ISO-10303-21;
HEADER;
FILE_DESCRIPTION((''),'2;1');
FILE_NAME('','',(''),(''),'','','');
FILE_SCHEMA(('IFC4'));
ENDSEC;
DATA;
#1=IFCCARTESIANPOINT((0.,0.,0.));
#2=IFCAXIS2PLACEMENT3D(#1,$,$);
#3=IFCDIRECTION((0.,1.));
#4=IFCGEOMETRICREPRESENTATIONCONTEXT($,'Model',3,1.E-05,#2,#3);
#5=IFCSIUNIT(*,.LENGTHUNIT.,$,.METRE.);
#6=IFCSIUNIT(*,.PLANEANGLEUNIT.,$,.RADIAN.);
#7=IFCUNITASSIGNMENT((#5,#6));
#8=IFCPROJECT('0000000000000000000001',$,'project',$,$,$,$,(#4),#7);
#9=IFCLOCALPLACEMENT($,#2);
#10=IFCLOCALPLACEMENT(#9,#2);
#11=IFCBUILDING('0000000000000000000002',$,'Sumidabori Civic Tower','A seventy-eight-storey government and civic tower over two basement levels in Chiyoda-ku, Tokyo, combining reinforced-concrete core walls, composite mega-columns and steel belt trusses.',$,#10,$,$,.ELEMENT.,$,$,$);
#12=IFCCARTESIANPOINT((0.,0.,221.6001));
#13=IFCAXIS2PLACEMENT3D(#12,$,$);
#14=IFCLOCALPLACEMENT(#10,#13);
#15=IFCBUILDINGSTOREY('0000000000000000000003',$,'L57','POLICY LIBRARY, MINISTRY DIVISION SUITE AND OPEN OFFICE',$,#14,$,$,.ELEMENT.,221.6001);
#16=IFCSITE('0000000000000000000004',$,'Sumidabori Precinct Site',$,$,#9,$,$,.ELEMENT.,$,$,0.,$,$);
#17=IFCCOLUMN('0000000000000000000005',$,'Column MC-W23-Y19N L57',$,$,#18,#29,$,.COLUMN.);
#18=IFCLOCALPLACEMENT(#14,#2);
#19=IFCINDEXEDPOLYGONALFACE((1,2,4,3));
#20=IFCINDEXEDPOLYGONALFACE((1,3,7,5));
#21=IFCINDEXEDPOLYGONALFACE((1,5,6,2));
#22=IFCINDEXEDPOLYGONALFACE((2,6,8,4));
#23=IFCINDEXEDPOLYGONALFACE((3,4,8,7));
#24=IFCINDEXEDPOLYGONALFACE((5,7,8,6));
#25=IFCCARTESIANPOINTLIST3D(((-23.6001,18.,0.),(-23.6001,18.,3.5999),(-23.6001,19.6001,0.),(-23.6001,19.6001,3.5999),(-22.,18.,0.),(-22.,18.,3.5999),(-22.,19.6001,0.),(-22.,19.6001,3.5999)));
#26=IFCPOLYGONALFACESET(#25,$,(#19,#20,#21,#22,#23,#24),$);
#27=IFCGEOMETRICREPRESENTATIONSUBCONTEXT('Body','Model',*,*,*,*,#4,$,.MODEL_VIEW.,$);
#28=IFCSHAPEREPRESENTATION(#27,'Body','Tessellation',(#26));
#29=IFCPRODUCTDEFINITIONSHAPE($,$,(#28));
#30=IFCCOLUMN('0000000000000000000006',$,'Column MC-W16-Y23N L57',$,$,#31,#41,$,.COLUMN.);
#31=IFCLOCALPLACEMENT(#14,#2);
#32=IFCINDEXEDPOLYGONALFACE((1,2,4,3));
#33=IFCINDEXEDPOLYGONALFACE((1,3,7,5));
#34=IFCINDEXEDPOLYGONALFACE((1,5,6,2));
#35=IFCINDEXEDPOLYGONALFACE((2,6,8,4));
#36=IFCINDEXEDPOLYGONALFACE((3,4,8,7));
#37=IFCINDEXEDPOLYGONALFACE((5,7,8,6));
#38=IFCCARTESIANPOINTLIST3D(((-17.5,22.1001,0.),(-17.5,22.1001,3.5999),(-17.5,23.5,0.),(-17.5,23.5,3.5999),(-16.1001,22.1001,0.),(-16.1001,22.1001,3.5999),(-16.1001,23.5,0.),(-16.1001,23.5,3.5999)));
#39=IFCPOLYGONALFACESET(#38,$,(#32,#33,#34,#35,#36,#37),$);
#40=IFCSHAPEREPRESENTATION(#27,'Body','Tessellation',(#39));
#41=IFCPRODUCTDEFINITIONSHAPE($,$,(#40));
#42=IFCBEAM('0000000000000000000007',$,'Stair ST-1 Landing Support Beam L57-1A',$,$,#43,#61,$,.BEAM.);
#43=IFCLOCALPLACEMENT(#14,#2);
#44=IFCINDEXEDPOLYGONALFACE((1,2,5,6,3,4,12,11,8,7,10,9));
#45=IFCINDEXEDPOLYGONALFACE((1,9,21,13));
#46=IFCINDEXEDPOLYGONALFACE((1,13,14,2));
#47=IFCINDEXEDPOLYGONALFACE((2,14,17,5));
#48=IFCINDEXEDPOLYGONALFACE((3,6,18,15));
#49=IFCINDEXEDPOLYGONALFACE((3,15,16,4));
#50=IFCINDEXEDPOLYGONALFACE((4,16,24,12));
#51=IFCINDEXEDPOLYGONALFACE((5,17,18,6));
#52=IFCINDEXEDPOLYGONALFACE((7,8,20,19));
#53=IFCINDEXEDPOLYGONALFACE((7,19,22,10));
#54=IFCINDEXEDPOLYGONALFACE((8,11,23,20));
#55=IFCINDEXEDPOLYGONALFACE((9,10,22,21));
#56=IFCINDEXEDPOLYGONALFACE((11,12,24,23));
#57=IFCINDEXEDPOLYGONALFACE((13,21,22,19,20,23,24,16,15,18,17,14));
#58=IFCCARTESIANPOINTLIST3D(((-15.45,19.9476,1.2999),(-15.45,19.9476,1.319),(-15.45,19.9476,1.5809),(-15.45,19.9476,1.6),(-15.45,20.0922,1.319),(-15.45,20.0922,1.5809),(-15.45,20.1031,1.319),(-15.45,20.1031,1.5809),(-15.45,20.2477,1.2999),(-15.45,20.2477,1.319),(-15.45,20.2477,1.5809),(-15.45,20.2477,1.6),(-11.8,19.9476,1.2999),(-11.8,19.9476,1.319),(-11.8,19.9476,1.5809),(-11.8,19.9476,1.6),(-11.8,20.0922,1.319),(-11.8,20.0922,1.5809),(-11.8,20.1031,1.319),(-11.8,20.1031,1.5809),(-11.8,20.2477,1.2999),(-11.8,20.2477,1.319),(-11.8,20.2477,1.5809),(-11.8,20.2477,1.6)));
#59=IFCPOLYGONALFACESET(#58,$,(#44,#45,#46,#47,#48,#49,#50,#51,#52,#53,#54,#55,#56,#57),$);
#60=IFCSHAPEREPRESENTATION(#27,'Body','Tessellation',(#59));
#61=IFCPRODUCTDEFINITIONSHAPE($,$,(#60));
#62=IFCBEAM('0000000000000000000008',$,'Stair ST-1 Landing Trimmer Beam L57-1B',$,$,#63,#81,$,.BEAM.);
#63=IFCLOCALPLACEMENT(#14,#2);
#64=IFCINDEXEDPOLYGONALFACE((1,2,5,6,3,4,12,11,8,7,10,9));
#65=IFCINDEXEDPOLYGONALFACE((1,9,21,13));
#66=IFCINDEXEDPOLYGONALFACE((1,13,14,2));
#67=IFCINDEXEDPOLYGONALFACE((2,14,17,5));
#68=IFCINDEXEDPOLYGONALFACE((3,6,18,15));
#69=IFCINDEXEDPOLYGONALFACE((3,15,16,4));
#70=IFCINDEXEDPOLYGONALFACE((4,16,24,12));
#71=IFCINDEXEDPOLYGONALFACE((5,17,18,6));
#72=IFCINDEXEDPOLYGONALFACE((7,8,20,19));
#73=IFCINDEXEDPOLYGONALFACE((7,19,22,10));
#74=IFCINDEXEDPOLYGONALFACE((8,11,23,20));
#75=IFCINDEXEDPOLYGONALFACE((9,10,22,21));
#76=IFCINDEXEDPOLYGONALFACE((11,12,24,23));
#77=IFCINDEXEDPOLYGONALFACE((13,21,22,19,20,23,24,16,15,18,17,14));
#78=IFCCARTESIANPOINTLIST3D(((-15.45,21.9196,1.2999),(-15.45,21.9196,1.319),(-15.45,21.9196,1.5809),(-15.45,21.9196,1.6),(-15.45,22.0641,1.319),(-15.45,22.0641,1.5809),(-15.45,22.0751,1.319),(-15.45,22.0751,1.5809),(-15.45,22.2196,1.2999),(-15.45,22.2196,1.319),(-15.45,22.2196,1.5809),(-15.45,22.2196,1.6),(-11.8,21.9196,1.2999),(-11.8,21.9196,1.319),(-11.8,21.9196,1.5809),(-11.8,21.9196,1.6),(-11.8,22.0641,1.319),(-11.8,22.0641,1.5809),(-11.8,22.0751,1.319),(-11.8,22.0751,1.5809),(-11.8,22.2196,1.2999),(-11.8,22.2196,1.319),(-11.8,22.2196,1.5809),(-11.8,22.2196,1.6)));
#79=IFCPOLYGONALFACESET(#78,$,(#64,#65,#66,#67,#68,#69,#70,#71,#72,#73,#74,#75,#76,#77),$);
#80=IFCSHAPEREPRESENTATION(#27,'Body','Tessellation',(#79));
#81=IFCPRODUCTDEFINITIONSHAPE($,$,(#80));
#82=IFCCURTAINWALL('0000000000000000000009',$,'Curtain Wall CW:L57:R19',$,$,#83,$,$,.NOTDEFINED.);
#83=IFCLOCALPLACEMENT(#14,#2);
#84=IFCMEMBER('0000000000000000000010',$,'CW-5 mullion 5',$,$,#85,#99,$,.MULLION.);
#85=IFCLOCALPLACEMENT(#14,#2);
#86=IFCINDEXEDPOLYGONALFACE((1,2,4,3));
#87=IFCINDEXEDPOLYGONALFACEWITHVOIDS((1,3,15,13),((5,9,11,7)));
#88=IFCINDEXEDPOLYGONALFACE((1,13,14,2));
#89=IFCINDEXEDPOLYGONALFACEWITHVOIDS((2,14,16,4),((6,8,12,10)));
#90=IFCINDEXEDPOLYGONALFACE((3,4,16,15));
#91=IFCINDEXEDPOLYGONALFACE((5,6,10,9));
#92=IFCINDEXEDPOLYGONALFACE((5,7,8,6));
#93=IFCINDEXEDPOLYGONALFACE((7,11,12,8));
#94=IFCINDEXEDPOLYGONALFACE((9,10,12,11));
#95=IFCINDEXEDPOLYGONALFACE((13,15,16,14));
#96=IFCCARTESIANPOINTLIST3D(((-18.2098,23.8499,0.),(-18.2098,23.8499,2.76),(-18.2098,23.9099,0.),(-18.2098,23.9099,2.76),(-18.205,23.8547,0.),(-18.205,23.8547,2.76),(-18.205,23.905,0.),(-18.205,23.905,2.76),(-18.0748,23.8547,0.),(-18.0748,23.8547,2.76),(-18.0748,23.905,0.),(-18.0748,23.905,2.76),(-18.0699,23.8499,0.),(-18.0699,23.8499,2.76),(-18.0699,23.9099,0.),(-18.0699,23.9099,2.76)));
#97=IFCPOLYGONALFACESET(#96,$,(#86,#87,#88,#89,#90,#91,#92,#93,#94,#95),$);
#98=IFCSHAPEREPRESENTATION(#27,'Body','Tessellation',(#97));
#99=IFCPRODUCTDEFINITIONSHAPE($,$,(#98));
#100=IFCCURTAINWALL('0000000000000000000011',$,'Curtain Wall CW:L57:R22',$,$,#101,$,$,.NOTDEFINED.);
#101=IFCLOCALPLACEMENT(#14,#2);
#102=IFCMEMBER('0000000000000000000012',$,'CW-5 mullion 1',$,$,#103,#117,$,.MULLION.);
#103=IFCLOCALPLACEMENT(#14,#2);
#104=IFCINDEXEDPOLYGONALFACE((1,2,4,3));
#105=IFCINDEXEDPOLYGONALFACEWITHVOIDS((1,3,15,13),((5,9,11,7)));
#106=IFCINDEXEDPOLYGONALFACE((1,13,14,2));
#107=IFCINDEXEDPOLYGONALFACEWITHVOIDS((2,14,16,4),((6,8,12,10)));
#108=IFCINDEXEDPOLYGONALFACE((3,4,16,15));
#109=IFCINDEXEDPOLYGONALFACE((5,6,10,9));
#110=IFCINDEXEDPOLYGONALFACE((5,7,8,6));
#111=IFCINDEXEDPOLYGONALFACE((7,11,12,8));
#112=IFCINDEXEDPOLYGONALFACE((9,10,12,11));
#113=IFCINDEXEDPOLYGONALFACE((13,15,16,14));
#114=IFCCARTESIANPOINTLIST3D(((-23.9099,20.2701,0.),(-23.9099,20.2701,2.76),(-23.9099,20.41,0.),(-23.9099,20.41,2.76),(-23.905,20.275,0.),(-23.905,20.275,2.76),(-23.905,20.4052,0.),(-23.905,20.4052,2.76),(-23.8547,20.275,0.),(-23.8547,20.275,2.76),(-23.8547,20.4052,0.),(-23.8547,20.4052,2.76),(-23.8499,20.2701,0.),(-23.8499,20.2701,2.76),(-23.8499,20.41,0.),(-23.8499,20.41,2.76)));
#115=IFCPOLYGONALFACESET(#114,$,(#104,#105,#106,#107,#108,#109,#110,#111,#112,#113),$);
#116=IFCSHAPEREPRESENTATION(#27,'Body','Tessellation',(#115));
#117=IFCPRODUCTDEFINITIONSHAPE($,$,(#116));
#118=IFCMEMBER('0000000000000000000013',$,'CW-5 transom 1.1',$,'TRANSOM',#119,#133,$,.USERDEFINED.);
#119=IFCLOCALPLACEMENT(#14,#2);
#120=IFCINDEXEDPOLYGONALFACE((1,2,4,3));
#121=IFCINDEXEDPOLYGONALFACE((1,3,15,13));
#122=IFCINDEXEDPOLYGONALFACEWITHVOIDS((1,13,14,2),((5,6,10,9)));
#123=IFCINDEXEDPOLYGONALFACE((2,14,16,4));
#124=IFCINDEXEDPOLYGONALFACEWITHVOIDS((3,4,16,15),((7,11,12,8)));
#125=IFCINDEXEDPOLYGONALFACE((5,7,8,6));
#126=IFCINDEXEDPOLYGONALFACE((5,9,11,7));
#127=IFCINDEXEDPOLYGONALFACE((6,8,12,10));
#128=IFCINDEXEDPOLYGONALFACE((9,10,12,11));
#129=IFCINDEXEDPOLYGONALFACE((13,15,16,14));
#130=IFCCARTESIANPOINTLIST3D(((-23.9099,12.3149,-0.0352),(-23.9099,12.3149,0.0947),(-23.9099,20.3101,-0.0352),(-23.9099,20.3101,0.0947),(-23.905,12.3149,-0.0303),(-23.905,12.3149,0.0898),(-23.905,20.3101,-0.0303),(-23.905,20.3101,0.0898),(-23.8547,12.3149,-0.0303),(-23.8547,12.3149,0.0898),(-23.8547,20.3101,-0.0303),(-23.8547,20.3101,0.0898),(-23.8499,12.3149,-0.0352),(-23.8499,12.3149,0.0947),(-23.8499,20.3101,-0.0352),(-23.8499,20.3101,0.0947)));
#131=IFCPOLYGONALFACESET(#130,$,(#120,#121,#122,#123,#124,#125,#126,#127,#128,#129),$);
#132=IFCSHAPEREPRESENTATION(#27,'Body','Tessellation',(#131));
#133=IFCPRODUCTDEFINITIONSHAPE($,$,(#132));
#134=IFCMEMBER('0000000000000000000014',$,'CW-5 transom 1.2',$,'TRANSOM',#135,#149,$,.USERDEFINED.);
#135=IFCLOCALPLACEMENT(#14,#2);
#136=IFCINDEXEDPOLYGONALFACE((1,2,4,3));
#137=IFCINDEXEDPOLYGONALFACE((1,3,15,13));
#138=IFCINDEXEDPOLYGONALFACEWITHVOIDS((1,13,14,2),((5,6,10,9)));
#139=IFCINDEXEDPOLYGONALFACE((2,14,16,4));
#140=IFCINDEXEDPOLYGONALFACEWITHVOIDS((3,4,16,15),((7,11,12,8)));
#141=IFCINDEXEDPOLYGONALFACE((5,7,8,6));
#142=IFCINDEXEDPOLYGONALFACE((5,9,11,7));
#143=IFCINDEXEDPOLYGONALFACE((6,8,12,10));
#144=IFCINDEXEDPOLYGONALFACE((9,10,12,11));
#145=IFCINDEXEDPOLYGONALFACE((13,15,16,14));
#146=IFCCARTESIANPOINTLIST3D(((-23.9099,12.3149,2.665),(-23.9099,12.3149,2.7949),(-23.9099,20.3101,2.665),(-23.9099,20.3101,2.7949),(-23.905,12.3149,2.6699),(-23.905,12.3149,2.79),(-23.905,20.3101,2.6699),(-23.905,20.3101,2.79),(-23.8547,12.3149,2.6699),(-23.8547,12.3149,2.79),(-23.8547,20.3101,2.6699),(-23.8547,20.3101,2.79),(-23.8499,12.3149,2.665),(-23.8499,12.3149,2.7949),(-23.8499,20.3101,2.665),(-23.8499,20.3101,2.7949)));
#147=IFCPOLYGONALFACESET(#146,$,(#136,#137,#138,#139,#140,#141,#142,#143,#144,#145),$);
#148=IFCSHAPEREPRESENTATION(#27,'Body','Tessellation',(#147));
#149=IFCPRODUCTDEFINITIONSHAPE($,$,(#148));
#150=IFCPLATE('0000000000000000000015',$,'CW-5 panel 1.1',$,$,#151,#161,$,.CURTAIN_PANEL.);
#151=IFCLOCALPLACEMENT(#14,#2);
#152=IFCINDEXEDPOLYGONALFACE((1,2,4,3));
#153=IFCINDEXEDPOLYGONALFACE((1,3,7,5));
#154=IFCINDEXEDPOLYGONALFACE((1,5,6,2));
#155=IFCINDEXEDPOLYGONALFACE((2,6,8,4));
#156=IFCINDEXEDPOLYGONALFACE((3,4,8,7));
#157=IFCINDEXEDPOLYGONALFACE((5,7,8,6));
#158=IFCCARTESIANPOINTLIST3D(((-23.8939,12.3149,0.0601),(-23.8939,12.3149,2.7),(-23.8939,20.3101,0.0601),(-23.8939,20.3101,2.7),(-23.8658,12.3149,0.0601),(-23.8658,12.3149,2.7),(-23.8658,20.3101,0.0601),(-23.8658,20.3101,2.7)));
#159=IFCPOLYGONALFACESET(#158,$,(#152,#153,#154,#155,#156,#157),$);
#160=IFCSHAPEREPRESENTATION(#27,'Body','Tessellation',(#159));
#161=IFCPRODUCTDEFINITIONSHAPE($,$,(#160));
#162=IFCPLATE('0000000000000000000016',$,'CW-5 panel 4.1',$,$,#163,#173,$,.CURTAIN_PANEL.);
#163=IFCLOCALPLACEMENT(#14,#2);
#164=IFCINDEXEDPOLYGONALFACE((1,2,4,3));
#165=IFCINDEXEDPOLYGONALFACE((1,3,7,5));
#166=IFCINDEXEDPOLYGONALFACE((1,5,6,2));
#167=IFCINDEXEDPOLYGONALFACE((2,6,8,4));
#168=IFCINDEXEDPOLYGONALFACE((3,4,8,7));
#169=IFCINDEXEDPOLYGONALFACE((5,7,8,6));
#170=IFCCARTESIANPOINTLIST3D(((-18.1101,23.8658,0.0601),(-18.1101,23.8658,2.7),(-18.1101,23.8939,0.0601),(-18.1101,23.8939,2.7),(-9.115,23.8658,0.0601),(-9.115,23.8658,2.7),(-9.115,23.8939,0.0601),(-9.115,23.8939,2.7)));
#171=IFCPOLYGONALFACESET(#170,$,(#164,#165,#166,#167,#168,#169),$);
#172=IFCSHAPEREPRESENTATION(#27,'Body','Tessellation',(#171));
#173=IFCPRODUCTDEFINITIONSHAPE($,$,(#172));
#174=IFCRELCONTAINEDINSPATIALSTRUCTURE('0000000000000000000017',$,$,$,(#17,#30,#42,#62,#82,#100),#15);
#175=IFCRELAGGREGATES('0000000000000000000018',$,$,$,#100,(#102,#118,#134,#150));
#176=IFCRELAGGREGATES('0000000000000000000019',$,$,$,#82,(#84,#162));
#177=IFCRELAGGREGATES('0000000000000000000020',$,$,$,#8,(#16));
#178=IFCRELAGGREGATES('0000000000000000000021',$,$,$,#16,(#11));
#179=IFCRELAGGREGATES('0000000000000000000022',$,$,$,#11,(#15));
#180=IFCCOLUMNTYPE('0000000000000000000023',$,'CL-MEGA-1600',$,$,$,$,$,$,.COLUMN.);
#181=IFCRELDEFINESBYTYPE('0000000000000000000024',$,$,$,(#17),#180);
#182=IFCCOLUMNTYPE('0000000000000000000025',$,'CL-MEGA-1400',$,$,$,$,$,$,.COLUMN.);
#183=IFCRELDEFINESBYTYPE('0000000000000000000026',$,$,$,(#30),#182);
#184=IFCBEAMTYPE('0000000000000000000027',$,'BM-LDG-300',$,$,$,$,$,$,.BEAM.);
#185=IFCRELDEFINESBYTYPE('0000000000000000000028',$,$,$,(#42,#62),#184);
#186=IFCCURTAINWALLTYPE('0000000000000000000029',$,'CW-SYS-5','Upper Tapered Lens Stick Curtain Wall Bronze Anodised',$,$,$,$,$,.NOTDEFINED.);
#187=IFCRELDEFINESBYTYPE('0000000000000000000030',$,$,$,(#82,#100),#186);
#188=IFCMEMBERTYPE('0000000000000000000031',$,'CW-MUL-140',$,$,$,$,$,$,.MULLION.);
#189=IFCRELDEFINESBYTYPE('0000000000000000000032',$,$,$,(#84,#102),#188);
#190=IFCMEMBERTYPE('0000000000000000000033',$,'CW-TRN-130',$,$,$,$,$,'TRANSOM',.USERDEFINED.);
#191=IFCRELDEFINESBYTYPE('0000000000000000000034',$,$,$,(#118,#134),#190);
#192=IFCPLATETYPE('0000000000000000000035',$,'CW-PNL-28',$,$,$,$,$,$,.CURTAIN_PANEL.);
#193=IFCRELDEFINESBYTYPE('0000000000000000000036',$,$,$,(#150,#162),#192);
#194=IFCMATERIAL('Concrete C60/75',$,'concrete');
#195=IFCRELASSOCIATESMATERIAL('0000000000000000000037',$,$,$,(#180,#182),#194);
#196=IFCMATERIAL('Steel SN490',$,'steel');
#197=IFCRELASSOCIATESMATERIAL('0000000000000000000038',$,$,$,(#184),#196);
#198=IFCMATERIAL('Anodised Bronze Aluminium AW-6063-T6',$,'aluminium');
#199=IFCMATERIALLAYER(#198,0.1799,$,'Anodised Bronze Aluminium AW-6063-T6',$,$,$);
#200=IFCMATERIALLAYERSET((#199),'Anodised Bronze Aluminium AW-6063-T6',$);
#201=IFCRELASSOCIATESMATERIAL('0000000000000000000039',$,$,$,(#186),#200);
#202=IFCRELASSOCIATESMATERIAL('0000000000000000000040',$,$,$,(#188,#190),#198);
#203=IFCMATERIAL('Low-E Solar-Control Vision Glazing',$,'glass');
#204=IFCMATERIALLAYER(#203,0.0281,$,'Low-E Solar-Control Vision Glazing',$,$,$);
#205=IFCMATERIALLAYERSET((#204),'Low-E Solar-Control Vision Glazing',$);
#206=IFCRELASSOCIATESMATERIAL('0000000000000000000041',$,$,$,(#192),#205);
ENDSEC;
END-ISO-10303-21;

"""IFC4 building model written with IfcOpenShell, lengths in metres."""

from ifc_helpers import new_model, si_unit, direction, frame, origin, origin_2d, place, context, subcontext, project, spatial, rectangle, hollow_rectangle, i_section, extrude, source, transform, mapped, material, layer, layer_set, material_profile, profile_set, type_object, element, aggregate, save


model = new_model("IFC4")

# Units and contexts
model_context = context("Model", 3, precision=1e-05, world=origin(), true_north=direction((0.0, 1.0)))
body_context = subcontext(model_context, "Body", "Model", "MODEL_VIEW")
ifc_project = project(units=[si_unit("LENGTHUNIT", "METRE"), si_unit("PLANEANGLEUNIT", "RADIAN")], contexts=[model_context])

# Site, building, storey
site_placement = place(None, origin())
site = spatial("IfcSite", under=ifc_project, at=site_placement, Name="Sumidabori Precinct Site", CompositionType="ELEMENT", RefElevation=0.0)
building_placement = place(site_placement, origin())
building = spatial("IfcBuilding", under=site, at=building_placement, Name="Sumidabori Civic Tower", Description="A seventy-eight-storey government and civic tower over two basement levels in Chiyoda-ku, Tokyo, combining reinforced-concrete core walls, composite mega-columns and steel belt trusses.", CompositionType="ELEMENT")
storey_placement = place(building_placement, frame((0.0, 0.0, 221.6001)))
storey = spatial("IfcBuildingStorey", under=building, at=storey_placement, Name="L57", Description="POLICY LIBRARY, MINISTRY DIVISION SUITE AND OPEN OFFICE", CompositionType="ELEMENT", Elevation=221.6001)

# Columns
ifc_material_1 = material(Name="Concrete C60/75", Category="concrete")
ifc_material_profile_1 = material_profile(ifc_material_1, rectangle(XDim=1.6001, YDim=1.6001, at=origin_2d()), Name="RC 1600x1600")
ifc_profile_set_1 = profile_set([ifc_material_profile_1], Name="Concrete C60/75")
column_type_1 = type_object("IfcColumnType", Name="CL-MEGA-1600", PredefinedType="COLUMN", material=ifc_profile_set_1)
shared_shape_1 = source(origin(), body_context, "Body", "SweptSolid", [
    extrude(rectangle(XDim=1.6001, YDim=1.6001, at=origin_2d()), origin(), (0.0, 0.0, 1.0), 3.5999),
])
column_1_placement = place(storey_placement, frame((-22.8, 18.8, 0.0), z_axis=(0.0, 0.0, 1.0), x_axis=(1.0, 0.0, 0.0)))
element("IfcColumn", 1, at=column_1_placement, inside=storey, type_object=column_type_1, Name="Column MC-W23-Y19N L57", PredefinedType="COLUMN", context=body_context, shape_type="MappedRepresentation", body=[
    mapped(shared_shape_1, transform((0.0, 0.0, 0.0), x_axis=(1.0, 0.0, 0.0), y_axis=(0.0, 1.0, 0.0), z_axis=(0.0, 0.0, 1.0), scale=1.0)),
])
ifc_material_profile_2 = material_profile(ifc_material_1, rectangle(XDim=1.3999, YDim=1.3999, at=origin_2d()), Name="RC 1400x1400")
ifc_profile_set_2 = profile_set([ifc_material_profile_2], Name="Concrete C60/75")
column_type_2 = type_object("IfcColumnType", Name="CL-MEGA-1400", PredefinedType="COLUMN", material=ifc_profile_set_2)
shared_shape_2 = source(origin(), body_context, "Body", "SweptSolid", [
    extrude(rectangle(XDim=1.3999, YDim=1.3999, at=origin_2d()), origin(), (0.0, 0.0, 1.0), 3.5999),
])
column_2_placement = place(storey_placement, frame((-16.8, 22.8, 0.0), z_axis=(0.0, 0.0, 1.0), x_axis=(1.0, 0.0, 0.0)))
element("IfcColumn", 2, at=column_2_placement, inside=storey, type_object=column_type_2, Name="Column MC-W16-Y23N L57", PredefinedType="COLUMN", context=body_context, shape_type="MappedRepresentation", body=[
    mapped(shared_shape_2, transform((0.0, 0.0, 0.0), x_axis=(1.0, 0.0, 0.0), y_axis=(0.0, 1.0, 0.0), z_axis=(0.0, 0.0, 1.0), scale=1.0)),
])

# Beams
ifc_material_2 = material(Name="Steel SN490", Category="steel")
ifc_material_profile_3 = material_profile(ifc_material_2, i_section(OverallWidth=0.3, OverallDepth=0.3, WebThickness=0.011, FlangeThickness=0.019, at=origin_2d()), Name="HE 300 B")
ifc_profile_set_3 = profile_set([ifc_material_profile_3], Name="Steel SN490")
beam_type = type_object("IfcBeamType", Name="BM-LDG-300", PredefinedType="BEAM", material=ifc_profile_set_3)
shared_shape_3 = source(origin(), body_context, "Body", "SweptSolid", [
    extrude(i_section(OverallWidth=0.3, OverallDepth=0.3, WebThickness=0.011, FlangeThickness=0.019, at=origin_2d()), origin(), (0.0, 0.0, 1.0), 3.6499),
])
for number, where, z_axis, x_axis, name in (
    (3, (-15.45, 20.0977, 1.45), (1.0, 0.0, 0.0), (0.0, 1.0, 0.0), "Stair ST-1 Landing Support Beam L57-1A"),
    (4, (-15.45, 22.0696, 1.45), (1.0, 0.0, 0.0), (0.0, 1.0, 0.0), "Stair ST-1 Landing Trimmer Beam L57-1B"),
):
    element("IfcBeam", number, at=place(storey_placement, frame(where, z_axis=z_axis, x_axis=x_axis)), inside=storey, type_object=beam_type, Name=name, PredefinedType="BEAM", context=body_context, shape_type="MappedRepresentation", body=[
        mapped(shared_shape_3, transform((0.0, 0.0, 0.0), x_axis=(1.0, 0.0, 0.0), y_axis=(0.0, 1.0, 0.0), z_axis=(0.0, 0.0, 1.0), scale=1.0)),
    ])

# Curtain wall, member
ifc_material_3 = material(Name="Anodised Bronze Aluminium AW-6063-T6", Category="aluminium")
ifc_layer_1 = layer(ifc_material_3, 0.1799, Name="Anodised Bronze Aluminium AW-6063-T6")
ifc_layer_set_1 = layer_set([ifc_layer_1], Name="Anodised Bronze Aluminium AW-6063-T6")
curtain_wall_type = type_object("IfcCurtainWallType", Name="CW-SYS-5", Description="Upper Tapered Lens Stick Curtain Wall Bronze Anodised", PredefinedType="NOTDEFINED", material=ifc_layer_set_1)
curtain_wall_1_placement = place(storey_placement, origin())
curtain_wall_1 = element("IfcCurtainWall", 5, at=curtain_wall_1_placement, inside=storey, type_object=curtain_wall_type, Name="Curtain Wall CW:L57:R19", PredefinedType="NOTDEFINED")
ifc_material_profile_4 = material_profile(ifc_material_3, hollow_rectangle(XDim=0.0601, YDim=0.1399, WallThickness=0.0049, at=origin_2d()), Name="ALU MULLION 140x60")
ifc_profile_set_4 = profile_set([ifc_material_profile_4], Name="Anodised Bronze Aluminium AW-6063-T6")
member_type_1 = type_object("IfcMemberType", Name="CW-MUL-140", PredefinedType="MULLION", material=ifc_profile_set_4)
shared_shape_4 = source(origin(), body_context, "Body", "SweptSolid", [
    extrude(hollow_rectangle(XDim=0.0601, YDim=0.1399, WallThickness=0.0049, at=origin_2d()), origin(), (0.0, 0.0, 1.0), 2.76),
])
member_1_placement = place(storey_placement, frame((-18.1399, 23.8799, 0.0), z_axis=(0.0, 0.0, 1.0), x_axis=(0.0, -1.0, 0.0)))
member_1 = element("IfcMember", 6, at=member_1_placement, type_object=member_type_1, Name="CW-5 mullion 5", PredefinedType="MULLION", context=body_context, shape_type="MappedRepresentation", body=[
    mapped(shared_shape_4, transform((0.0, 0.0, 0.0), x_axis=(1.0, 0.0, 0.0), y_axis=(0.0, 1.0, 0.0), z_axis=(0.0, 0.0, 1.0), scale=1.0)),
])

# Curtain wall, members, plate
curtain_wall_2_placement = place(storey_placement, origin())
curtain_wall_2 = element("IfcCurtainWall", 7, at=curtain_wall_2_placement, inside=storey, type_object=curtain_wall_type, Name="Curtain Wall CW:L57:R22", PredefinedType="NOTDEFINED")
member_2_placement = place(storey_placement, frame((-23.8799, 20.3401, 0.0), z_axis=(0.0, 0.0, 1.0), x_axis=(1.0, 0.0, 0.0)))
member_2 = element("IfcMember", 8, at=member_2_placement, type_object=member_type_1, Name="CW-5 mullion 1", PredefinedType="MULLION", context=body_context, shape_type="MappedRepresentation", body=[
    mapped(shared_shape_4, transform((0.0, 0.0, 0.0), x_axis=(1.0, 0.0, 0.0), y_axis=(0.0, 1.0, 0.0), z_axis=(0.0, 0.0, 1.0), scale=1.0)),
])
ifc_material_profile_5 = material_profile(ifc_material_3, hollow_rectangle(XDim=0.0601, YDim=0.1299, WallThickness=0.0049, at=origin_2d()), Name="ALU TRANSOM 130x60")
ifc_profile_set_5 = profile_set([ifc_material_profile_5], Name="Anodised Bronze Aluminium AW-6063-T6")
member_type_2 = type_object("IfcMemberType", Name="CW-TRN-130", ElementType="TRANSOM", PredefinedType="USERDEFINED", material=ifc_profile_set_5)
shared_shape_5 = source(origin(), body_context, "Body", "SweptSolid", [
    extrude(hollow_rectangle(XDim=0.0601, YDim=0.1299, WallThickness=0.0049, at=origin_2d()), origin(), (0.0, 0.0, 1.0), 7.9951),
])
member_3_placement = place(storey_placement, frame((-23.8799, 20.3101, 0.0298), z_axis=(0.0, -1.0, 0.0), x_axis=(1.0, 0.0, 0.0)))
member_3 = element("IfcMember", 9, at=member_3_placement, type_object=member_type_2, Name="CW-5 transom 1.1", ObjectType="TRANSOM", PredefinedType="USERDEFINED", context=body_context, shape_type="MappedRepresentation", body=[
    mapped(shared_shape_5, transform((0.0, 0.0, 0.0), x_axis=(1.0, 0.0, 0.0), y_axis=(0.0, 1.0, 0.0), z_axis=(0.0, 0.0, 1.0), scale=1.0)),
])
member_4_placement = place(storey_placement, frame((-23.8799, 20.3101, 2.73), z_axis=(0.0, -1.0, 0.0), x_axis=(1.0, 0.0, 0.0)))
member_4 = element("IfcMember", 10, at=member_4_placement, type_object=member_type_2, Name="CW-5 transom 1.2", ObjectType="TRANSOM", PredefinedType="USERDEFINED", context=body_context, shape_type="MappedRepresentation", body=[
    mapped(shared_shape_5, transform((0.0, 0.0, 0.0), x_axis=(1.0, 0.0, 0.0), y_axis=(0.0, 1.0, 0.0), z_axis=(0.0, 0.0, 1.0), scale=1.0)),
])
ifc_material_4 = material(Name="Low-E Solar-Control Vision Glazing", Category="glass")
ifc_layer_2 = layer(ifc_material_4, 0.0281, Name="Low-E Solar-Control Vision Glazing")
ifc_layer_set_2 = layer_set([ifc_layer_2], Name="Low-E Solar-Control Vision Glazing")
plate_type = type_object("IfcPlateType", Name="CW-PNL-28", PredefinedType="CURTAIN_PANEL", material=ifc_layer_set_2)
shared_shape_6 = source(origin(), body_context, "Body", "SweptSolid", [
    extrude(rectangle(XDim=7.9951, YDim=0.0281, at=origin_2d()), origin(), (0.0, 0.0, 1.0), 2.6399),
])
plate_1_placement = place(storey_placement, frame((-23.8799, 16.3125, 0.0601), z_axis=(0.0, 0.0, 1.0), x_axis=(0.0, -1.0, 0.0)))
plate_1 = element("IfcPlate", 11, at=plate_1_placement, type_object=plate_type, Name="CW-5 panel 1.1", PredefinedType="CURTAIN_PANEL", context=body_context, shape_type="MappedRepresentation", body=[
    mapped(shared_shape_6, transform((0.0, 0.0, 0.0), x_axis=(1.0, 0.0, 0.0), y_axis=(0.0, 1.0, 0.0), z_axis=(0.0, 0.0, 1.0), scale=1.0)),
])
aggregate(curtain_wall_2, [member_2, member_3, member_4, plate_1])

# Plate
shared_shape_7 = source(origin(), body_context, "Body", "SweptSolid", [
    extrude(rectangle(XDim=8.9951, YDim=0.0281, at=origin_2d()), origin(), (0.0, 0.0, 1.0), 2.6399),
])
plate_2_placement = place(storey_placement, frame((-13.6125, 23.8799, 0.0601), z_axis=(0.0, 0.0, 1.0), x_axis=(-1.0, 0.0, 0.0)))
plate_2 = element("IfcPlate", 12, at=plate_2_placement, type_object=plate_type, Name="CW-5 panel 4.1", PredefinedType="CURTAIN_PANEL", context=body_context, shape_type="MappedRepresentation", body=[
    mapped(shared_shape_7, transform((0.0, 0.0, 0.0), x_axis=(1.0, 0.0, 0.0), y_axis=(0.0, 1.0, 0.0), z_axis=(0.0, 0.0, 1.0), scale=1.0)),
])
aggregate(curtain_wall_1, [member_1, plate_2])

save(model, "model.ifc")
